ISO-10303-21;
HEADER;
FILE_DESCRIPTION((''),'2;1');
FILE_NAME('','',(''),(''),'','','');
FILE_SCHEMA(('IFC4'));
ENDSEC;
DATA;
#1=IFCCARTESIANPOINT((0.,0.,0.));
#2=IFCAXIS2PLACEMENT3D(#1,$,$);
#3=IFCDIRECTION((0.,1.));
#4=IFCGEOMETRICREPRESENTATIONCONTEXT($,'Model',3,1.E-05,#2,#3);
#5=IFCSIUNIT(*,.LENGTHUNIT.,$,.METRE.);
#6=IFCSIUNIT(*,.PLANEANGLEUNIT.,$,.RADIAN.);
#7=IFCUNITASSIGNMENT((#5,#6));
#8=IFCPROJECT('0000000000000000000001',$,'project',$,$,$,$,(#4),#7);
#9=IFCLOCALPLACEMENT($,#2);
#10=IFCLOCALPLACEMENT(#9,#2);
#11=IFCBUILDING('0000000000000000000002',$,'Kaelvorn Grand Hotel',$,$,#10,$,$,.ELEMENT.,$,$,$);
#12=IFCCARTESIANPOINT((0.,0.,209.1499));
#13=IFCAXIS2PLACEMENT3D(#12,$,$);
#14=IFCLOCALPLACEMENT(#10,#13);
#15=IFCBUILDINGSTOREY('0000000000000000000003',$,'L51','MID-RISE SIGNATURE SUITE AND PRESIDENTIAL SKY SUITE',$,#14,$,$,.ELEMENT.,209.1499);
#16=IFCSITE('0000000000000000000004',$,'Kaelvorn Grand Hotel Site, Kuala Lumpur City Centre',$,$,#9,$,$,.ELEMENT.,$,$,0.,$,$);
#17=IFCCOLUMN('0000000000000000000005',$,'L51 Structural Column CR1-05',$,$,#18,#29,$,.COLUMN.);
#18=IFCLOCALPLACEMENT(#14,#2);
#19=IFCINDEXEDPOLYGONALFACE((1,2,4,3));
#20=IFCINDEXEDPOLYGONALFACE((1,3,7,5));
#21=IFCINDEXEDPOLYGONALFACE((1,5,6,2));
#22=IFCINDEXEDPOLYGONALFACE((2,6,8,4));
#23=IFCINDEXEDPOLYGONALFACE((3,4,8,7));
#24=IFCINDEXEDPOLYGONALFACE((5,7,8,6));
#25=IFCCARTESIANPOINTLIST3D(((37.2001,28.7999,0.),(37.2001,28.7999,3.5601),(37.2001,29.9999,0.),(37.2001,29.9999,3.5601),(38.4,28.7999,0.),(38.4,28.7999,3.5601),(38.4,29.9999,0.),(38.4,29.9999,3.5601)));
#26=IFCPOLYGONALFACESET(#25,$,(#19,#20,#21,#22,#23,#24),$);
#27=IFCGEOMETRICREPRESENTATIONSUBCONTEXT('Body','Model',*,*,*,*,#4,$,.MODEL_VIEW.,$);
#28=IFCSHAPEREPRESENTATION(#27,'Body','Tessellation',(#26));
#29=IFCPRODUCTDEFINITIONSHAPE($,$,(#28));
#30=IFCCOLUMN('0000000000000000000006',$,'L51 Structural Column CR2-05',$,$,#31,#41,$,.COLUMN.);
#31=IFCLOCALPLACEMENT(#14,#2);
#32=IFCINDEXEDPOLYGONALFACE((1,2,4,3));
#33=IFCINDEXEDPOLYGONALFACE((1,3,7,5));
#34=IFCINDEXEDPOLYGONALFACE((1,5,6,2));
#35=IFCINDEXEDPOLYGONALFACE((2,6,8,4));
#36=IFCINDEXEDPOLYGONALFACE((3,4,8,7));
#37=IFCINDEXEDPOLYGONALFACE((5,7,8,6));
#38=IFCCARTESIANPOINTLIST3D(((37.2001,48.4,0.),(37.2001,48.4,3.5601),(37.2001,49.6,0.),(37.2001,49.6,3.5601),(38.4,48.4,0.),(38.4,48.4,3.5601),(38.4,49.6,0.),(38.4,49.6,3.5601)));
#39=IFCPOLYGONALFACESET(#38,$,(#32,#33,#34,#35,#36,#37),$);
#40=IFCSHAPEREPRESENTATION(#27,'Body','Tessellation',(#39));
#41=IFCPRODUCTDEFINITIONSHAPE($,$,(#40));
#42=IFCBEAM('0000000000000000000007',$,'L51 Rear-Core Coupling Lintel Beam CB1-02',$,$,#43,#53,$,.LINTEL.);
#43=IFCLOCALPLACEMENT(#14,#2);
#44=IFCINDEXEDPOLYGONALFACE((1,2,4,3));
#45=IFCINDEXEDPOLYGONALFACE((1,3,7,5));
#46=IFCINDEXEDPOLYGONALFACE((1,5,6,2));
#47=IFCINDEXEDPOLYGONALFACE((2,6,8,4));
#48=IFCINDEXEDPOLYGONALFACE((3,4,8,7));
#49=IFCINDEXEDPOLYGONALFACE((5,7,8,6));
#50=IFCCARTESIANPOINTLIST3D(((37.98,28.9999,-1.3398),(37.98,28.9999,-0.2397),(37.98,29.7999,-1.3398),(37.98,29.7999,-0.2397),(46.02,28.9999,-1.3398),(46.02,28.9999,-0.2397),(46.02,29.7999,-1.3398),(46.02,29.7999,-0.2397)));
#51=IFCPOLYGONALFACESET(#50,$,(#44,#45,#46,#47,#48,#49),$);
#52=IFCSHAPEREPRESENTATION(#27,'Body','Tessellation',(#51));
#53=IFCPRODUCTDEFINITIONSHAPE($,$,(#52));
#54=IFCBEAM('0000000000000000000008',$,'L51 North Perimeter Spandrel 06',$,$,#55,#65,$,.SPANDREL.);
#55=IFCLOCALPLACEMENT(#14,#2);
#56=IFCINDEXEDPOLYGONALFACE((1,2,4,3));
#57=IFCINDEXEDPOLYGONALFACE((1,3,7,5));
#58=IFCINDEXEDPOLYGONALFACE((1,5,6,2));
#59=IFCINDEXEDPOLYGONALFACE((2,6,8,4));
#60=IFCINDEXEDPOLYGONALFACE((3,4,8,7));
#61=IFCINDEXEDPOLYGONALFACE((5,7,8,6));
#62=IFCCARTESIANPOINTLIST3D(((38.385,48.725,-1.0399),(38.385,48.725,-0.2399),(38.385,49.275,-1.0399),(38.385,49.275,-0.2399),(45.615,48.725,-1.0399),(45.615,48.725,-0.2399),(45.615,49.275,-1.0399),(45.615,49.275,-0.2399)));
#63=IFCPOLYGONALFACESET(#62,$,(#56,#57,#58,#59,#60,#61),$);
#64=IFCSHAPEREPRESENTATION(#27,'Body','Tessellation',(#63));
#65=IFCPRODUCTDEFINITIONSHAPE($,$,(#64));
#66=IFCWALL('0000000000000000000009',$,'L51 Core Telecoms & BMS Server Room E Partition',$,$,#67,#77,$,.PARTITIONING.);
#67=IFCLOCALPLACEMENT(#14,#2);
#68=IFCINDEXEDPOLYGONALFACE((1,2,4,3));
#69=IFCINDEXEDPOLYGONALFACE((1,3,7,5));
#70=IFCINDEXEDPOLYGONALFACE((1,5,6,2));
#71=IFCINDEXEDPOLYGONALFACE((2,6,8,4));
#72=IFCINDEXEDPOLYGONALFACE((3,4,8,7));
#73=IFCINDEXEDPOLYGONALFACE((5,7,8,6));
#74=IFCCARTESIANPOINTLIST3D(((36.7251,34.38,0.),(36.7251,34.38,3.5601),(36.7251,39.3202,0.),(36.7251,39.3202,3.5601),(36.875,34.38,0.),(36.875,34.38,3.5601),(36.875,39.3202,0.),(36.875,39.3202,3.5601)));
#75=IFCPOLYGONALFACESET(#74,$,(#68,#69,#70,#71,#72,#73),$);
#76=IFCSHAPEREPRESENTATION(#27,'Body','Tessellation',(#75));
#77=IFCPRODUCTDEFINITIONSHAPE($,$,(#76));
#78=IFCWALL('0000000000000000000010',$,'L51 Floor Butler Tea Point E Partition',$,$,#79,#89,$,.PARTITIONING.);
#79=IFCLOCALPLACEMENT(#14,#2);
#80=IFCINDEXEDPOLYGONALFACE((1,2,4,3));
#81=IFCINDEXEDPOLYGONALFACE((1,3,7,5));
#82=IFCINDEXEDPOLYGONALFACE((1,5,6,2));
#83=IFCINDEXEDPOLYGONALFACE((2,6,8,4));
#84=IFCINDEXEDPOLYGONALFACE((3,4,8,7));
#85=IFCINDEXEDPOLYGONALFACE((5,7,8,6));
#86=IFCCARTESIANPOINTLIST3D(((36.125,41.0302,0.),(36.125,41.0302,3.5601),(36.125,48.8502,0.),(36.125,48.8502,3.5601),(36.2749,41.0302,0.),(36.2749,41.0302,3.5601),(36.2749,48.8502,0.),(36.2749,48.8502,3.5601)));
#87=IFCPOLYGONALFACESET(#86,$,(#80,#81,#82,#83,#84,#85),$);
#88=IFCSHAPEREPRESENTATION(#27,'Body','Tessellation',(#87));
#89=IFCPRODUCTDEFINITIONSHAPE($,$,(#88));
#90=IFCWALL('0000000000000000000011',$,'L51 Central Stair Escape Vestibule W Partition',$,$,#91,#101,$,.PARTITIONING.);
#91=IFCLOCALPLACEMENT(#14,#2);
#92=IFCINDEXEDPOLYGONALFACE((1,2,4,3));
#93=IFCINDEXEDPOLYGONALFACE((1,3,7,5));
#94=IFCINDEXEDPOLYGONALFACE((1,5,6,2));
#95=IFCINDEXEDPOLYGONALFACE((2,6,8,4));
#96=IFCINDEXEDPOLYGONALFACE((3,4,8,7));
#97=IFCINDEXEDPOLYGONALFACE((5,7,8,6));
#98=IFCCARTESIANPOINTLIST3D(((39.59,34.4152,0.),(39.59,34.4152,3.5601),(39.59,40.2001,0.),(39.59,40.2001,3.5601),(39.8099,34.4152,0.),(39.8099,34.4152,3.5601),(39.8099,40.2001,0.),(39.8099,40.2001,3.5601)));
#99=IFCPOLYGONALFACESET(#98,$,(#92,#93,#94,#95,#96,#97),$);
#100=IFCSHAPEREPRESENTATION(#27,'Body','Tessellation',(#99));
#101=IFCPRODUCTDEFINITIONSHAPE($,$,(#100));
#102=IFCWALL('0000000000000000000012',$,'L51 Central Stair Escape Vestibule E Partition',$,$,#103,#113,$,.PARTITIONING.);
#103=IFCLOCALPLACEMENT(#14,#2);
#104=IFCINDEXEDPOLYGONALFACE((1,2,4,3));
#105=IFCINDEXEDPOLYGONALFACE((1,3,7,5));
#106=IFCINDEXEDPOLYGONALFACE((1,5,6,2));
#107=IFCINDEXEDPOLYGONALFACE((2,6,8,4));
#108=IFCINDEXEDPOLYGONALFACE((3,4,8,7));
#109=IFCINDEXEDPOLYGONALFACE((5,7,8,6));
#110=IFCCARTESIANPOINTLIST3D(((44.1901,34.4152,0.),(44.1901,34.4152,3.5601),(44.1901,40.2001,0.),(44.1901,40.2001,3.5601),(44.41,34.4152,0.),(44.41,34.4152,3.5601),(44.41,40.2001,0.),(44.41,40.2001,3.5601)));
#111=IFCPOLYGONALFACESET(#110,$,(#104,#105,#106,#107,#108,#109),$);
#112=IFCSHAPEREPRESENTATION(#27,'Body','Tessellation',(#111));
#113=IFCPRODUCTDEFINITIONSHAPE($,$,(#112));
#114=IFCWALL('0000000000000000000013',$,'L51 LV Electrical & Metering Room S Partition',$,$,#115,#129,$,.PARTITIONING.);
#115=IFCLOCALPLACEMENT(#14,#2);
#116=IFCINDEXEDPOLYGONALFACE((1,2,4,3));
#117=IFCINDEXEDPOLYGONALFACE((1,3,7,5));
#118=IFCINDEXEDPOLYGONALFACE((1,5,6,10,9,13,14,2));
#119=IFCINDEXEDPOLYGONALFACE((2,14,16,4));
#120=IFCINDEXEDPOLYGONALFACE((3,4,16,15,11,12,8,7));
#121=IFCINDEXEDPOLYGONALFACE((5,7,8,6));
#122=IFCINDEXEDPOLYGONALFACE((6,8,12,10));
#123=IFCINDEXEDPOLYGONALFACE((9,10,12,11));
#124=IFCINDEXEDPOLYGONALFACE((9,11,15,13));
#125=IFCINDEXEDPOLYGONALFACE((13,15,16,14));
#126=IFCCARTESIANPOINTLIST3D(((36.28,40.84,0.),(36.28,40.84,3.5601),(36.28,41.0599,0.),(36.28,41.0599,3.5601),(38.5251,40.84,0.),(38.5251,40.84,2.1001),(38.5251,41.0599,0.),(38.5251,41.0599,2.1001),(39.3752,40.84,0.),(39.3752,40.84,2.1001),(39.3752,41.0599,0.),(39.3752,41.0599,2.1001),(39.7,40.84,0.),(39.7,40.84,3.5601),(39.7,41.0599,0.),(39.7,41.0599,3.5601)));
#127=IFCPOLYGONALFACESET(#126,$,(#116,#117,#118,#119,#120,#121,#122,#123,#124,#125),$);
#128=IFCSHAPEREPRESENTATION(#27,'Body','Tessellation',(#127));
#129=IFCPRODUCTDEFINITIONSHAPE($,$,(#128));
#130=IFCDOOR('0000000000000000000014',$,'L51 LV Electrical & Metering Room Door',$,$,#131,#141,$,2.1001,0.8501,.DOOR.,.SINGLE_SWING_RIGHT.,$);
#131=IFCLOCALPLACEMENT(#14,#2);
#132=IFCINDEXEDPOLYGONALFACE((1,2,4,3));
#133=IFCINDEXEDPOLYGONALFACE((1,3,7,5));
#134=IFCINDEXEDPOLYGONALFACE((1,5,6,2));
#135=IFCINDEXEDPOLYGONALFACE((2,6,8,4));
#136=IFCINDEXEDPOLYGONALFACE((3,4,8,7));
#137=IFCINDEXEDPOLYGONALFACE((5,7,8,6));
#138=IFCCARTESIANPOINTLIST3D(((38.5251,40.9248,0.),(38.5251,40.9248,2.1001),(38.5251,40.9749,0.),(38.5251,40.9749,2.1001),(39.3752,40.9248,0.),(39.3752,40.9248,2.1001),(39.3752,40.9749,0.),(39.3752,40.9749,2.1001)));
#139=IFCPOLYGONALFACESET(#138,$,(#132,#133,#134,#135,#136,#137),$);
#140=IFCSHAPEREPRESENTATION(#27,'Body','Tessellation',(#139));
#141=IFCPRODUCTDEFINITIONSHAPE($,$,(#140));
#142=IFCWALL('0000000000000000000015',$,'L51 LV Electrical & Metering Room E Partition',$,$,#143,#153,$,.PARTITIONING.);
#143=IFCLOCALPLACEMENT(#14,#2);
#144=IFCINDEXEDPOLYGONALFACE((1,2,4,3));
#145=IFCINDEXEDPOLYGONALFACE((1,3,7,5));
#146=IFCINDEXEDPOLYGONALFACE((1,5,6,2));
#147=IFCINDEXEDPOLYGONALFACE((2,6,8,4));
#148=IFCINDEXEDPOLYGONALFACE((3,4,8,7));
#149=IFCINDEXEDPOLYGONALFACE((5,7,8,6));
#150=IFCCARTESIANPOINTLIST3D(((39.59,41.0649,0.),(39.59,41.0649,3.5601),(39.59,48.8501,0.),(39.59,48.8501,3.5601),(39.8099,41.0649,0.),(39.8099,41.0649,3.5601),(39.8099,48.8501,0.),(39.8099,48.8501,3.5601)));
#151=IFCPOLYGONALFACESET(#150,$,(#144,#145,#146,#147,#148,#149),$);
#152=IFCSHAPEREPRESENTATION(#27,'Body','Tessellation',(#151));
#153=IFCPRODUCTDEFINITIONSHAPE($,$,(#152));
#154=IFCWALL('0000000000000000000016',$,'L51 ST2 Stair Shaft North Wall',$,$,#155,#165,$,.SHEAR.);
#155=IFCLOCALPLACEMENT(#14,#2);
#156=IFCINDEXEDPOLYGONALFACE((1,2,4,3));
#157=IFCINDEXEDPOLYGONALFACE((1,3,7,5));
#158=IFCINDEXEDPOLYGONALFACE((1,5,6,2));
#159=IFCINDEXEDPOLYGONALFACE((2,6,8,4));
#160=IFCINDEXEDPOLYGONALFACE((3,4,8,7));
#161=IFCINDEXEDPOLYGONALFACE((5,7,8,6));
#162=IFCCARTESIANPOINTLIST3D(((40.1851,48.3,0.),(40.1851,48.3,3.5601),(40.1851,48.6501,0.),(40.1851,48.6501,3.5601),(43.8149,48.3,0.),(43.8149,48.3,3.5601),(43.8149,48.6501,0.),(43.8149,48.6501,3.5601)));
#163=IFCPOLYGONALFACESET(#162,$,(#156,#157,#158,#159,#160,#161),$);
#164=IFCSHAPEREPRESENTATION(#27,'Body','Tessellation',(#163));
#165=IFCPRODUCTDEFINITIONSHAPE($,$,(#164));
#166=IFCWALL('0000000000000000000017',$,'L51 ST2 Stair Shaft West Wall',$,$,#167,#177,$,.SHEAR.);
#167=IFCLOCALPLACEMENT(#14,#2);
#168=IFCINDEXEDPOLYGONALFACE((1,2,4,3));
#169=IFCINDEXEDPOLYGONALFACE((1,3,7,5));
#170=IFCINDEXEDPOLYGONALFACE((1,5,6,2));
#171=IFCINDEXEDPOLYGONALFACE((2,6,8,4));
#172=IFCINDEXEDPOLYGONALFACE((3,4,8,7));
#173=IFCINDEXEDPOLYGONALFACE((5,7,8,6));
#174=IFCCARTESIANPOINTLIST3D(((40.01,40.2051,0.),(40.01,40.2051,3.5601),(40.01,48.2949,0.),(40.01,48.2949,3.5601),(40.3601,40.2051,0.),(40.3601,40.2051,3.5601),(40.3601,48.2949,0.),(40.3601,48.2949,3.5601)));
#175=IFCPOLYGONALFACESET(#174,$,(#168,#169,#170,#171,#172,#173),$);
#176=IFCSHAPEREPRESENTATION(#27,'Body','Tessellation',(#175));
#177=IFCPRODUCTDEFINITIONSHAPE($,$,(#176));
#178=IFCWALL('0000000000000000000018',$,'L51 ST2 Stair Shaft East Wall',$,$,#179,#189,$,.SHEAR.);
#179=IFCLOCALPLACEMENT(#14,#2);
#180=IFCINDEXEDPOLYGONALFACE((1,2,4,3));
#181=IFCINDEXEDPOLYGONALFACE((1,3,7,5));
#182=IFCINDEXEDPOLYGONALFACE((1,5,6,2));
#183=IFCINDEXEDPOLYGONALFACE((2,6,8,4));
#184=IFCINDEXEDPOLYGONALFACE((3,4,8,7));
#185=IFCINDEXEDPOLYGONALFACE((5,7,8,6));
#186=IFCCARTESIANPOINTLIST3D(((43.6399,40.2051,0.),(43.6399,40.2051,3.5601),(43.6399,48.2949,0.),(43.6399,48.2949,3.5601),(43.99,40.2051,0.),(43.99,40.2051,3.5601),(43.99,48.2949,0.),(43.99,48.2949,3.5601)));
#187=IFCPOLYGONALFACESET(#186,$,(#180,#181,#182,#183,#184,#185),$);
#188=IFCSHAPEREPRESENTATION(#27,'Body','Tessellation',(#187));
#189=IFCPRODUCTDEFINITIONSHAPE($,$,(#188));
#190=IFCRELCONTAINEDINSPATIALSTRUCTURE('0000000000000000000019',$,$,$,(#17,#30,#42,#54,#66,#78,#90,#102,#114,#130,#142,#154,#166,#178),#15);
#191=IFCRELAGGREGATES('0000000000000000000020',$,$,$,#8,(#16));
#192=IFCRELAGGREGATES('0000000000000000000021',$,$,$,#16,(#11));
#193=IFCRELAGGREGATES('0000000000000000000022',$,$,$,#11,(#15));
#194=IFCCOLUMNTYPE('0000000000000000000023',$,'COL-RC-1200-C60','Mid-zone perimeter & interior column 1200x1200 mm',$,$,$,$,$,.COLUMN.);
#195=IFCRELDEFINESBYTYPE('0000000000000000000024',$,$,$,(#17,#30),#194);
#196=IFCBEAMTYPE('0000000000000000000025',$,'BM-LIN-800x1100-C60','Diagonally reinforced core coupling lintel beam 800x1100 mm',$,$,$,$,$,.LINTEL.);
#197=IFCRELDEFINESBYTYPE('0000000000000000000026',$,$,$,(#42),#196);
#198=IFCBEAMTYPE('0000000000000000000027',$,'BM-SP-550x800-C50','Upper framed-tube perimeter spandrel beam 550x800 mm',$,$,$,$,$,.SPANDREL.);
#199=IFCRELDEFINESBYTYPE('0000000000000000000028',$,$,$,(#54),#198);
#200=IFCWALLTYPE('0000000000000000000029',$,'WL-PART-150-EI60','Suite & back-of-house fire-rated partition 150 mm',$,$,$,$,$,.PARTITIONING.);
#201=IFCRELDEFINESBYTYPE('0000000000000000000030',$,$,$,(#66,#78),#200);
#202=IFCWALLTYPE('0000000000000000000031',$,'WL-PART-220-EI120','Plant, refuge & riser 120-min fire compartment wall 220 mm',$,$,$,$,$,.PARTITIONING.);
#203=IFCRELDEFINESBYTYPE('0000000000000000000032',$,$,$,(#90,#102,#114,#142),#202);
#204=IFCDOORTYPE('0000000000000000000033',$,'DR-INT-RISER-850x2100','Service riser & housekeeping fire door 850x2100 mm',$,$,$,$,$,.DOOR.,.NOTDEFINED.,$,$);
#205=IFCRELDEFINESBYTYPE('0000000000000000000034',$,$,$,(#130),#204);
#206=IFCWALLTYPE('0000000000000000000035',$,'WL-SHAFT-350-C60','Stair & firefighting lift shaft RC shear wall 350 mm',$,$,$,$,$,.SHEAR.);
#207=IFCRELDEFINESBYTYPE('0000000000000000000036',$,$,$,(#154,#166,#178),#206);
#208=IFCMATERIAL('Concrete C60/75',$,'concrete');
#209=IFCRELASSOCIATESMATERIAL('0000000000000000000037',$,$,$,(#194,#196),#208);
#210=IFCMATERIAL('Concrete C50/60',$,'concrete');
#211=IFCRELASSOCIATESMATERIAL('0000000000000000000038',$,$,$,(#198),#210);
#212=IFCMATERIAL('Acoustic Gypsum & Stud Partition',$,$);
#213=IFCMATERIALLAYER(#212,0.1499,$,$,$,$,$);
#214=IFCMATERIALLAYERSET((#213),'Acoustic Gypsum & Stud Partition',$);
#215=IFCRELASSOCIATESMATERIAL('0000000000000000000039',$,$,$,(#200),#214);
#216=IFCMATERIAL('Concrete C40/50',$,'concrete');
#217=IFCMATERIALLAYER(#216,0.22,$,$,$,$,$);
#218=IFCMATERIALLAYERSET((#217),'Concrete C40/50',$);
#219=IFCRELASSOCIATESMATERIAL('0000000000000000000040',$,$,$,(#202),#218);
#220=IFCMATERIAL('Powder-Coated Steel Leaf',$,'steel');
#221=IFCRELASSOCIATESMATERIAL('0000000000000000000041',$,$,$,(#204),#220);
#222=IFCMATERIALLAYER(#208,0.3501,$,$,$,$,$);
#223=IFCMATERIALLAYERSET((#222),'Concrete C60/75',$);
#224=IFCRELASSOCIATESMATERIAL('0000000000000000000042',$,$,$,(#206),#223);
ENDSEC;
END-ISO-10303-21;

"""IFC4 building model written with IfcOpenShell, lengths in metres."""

from ifc_helpers import new_model, si_unit, direction, frame, frame_2d, origin, origin_2d, place, context, subcontext, project, spatial, rectangle, extrude, material, layer, layer_set, material_profile, profile_set, type_object, element, fill, save


model = new_model("IFC4")

# Units and contexts
model_context = context("Model", 3, precision=1e-05, world=origin(), true_north=direction((0.0, 1.0)))
body_context = subcontext(model_context, "Body", "Model", "MODEL_VIEW")
ifc_project = project(units=[si_unit("LENGTHUNIT", "METRE"), si_unit("PLANEANGLEUNIT", "RADIAN")], contexts=[model_context])

# Site, building, storey
site_placement = place(None, origin())
site = spatial("IfcSite", under=ifc_project, at=site_placement, Name="Kaelvorn Grand Hotel Site, Kuala Lumpur City Centre", CompositionType="ELEMENT", RefElevation=0.0)
building_placement = place(site_placement, origin())
building = spatial("IfcBuilding", under=site, at=building_placement, Name="Kaelvorn Grand Hotel", CompositionType="ELEMENT")
storey_placement = place(building_placement, frame((0.0, 0.0, 209.1499)))
storey = spatial("IfcBuildingStorey", under=building, at=storey_placement, Name="L51", Description="MID-RISE SIGNATURE SUITE AND PRESIDENTIAL SKY SUITE", CompositionType="ELEMENT", Elevation=209.1499)

# Columns
ifc_material_1 = material(Name="Concrete C60/75", Category="concrete")
ifc_material_profile_1 = material_profile(ifc_material_1, rectangle(XDim=1.2, YDim=1.2, at=origin_2d()), Name="RC COL 1200x1200")
ifc_profile_set_1 = profile_set([ifc_material_profile_1], Name="Concrete C60/75")
column_type = type_object("IfcColumnType", Name="COL-RC-1200-C60", Description="Mid-zone perimeter & interior column 1200x1200 mm", PredefinedType="COLUMN", material=ifc_profile_set_1)
for number, where, z_axis, x_axis, name in (
    (1, (37.8, 29.3999, 0.0), (0.0, 0.0, 1.0), (1.0, 0.0, 0.0), "L51 Structural Column CR1-05"),
    (2, (37.8, 49.0, 0.0), (0.0, 0.0, 1.0), (1.0, 0.0, 0.0), "L51 Structural Column CR2-05"),
):
    element("IfcColumn", number, at=place(storey_placement, frame(where, z_axis=z_axis, x_axis=x_axis)), inside=storey, type_object=column_type, Name=name, PredefinedType="COLUMN", context=body_context, shape_type="SweptSolid", body=[
        extrude(rectangle(XDim=1.2, YDim=1.2, at=origin_2d()), origin(), (0.0, 0.0, 1.0), 3.5601),
    ])

# Beams
ifc_material_profile_2 = material_profile(ifc_material_1, rectangle(XDim=0.8, YDim=1.1001, at=origin_2d()), Name="RC LINTEL 800x1100")
ifc_profile_set_2 = profile_set([ifc_material_profile_2], Name="Concrete C60/75")
beam_type_1 = type_object("IfcBeamType", Name="BM-LIN-800x1100-C60", Description="Diagonally reinforced core coupling lintel beam 800x1100 mm", PredefinedType="LINTEL", material=ifc_profile_set_2)
beam_1_placement = place(storey_placement, frame((37.98, 29.3999, -0.7898), z_axis=(1.0, 0.0, 0.0), x_axis=(0.0, 1.0, 0.0)))
element("IfcBeam", 3, at=beam_1_placement, inside=storey, type_object=beam_type_1, Name="L51 Rear-Core Coupling Lintel Beam CB1-02", PredefinedType="LINTEL", context=body_context, shape_type="SweptSolid", body=[
    extrude(rectangle(XDim=0.8, YDim=1.1001, at=origin_2d()), origin(), (0.0, 0.0, 1.0), 8.04),
])
ifc_material_2 = material(Name="Concrete C50/60", Category="concrete")
ifc_material_profile_3 = material_profile(ifc_material_2, rectangle(XDim=0.55, YDim=0.8, at=origin_2d()), Name="RC SPANDREL 550x800")
ifc_profile_set_3 = profile_set([ifc_material_profile_3], Name="Concrete C50/60")
beam_type_2 = type_object("IfcBeamType", Name="BM-SP-550x800-C50", Description="Upper framed-tube perimeter spandrel beam 550x800 mm", PredefinedType="SPANDREL", material=ifc_profile_set_3)
beam_2_placement = place(storey_placement, frame((38.385, 49.0, -0.6399), z_axis=(1.0, 0.0, 0.0), x_axis=(0.0, 1.0, 0.0)))
element("IfcBeam", 4, at=beam_2_placement, inside=storey, type_object=beam_type_2, Name="L51 North Perimeter Spandrel 06", PredefinedType="SPANDREL", context=body_context, shape_type="SweptSolid", body=[
    extrude(rectangle(XDim=0.55, YDim=0.8, at=origin_2d()), origin(), (0.0, 0.0, 1.0), 7.23),
])

# Walls
ifc_material_3 = material(Name="Acoustic Gypsum & Stud Partition")
ifc_layer_1 = layer(ifc_material_3, 0.1499)
ifc_layer_set_1 = layer_set([ifc_layer_1], Name="Acoustic Gypsum & Stud Partition")
wall_type_1 = type_object("IfcWallType", Name="WL-PART-150-EI60", Description="Suite & back-of-house fire-rated partition 150 mm", PredefinedType="PARTITIONING", material=ifc_layer_set_1)
wall_1_placement = place(storey_placement, frame((36.8, 34.3799, 0.0), z_axis=(0.0, 0.0, 1.0), x_axis=(0.0, 1.0, 0.0)))
element("IfcWall", 5, at=wall_1_placement, inside=storey, type_object=wall_type_1, Name="L51 Core Telecoms & BMS Server Room E Partition", PredefinedType="PARTITIONING", context=body_context, shape_type="SweptSolid", body=[
    extrude(rectangle(XDim=4.9402, YDim=0.1499, at=frame_2d((2.4702, 0.0))), origin(), (0.0, 0.0, 1.0), 3.5601),
])
wall_2_placement = place(storey_placement, frame((36.2, 41.03, 0.0), z_axis=(0.0, 0.0, 1.0), x_axis=(0.0, 1.0, 0.0)))
element("IfcWall", 6, at=wall_2_placement, inside=storey, type_object=wall_type_1, Name="L51 Floor Butler Tea Point E Partition", PredefinedType="PARTITIONING", context=body_context, shape_type="SweptSolid", body=[
    extrude(rectangle(XDim=7.8201, YDim=0.1499, at=frame_2d((3.9102, 0.0))), origin(), (0.0, 0.0, 1.0), 3.5601),
])

# Shared definitions
ifc_material_4 = material(Name="Concrete C40/50", Category="concrete")
ifc_layer_2 = layer(ifc_material_4, 0.22)
ifc_layer_set_2 = layer_set([ifc_layer_2], Name="Concrete C40/50")
wall_type_2 = type_object("IfcWallType", Name="WL-PART-220-EI120", Description="Plant, refuge & riser 120-min fire compartment wall 220 mm", PredefinedType="PARTITIONING", material=ifc_layer_set_2)

# Walls
for number, where, z_axis, x_axis, name in (
    (7, (39.7, 34.415, 0.0), (0.0, 0.0, 1.0), (0.0, 1.0, 0.0), "L51 Central Stair Escape Vestibule W Partition"),
    (8, (44.3, 34.415, 0.0), (0.0, 0.0, 1.0), (0.0, 1.0, 0.0), "L51 Central Stair Escape Vestibule E Partition"),
):
    element("IfcWall", number, at=place(storey_placement, frame(where, z_axis=z_axis, x_axis=x_axis)), inside=storey, type_object=wall_type_2, Name=name, PredefinedType="PARTITIONING", context=body_context, shape_type="SweptSolid", body=[
        extrude(rectangle(XDim=5.7849, YDim=0.22, at=frame_2d((2.8926, 0.0))), origin(), (0.0, 0.0, 1.0), 3.5601),
    ])

# Wall, opening, door
wall_3_placement = place(storey_placement, frame((36.28, 40.95, 0.0), z_axis=(0.0, 0.0, 1.0), x_axis=(1.0, 0.0, 0.0)))
wall_3 = element("IfcWall", 9, at=wall_3_placement, inside=storey, type_object=wall_type_2, Name="L51 LV Electrical & Metering Room S Partition", PredefinedType="PARTITIONING", context=body_context, shape_type="SweptSolid", body=[
    extrude(rectangle(XDim=3.4199, YDim=0.22, at=frame_2d((1.71, 0.0))), origin(), (0.0, 0.0, 1.0), 3.5601),
])
opening_1_placement = place(wall_3_placement, frame((2.2451, 0.0, 0.0)))
opening_1 = element("IfcOpeningElement", 10, at=opening_1_placement, cuts=wall_3, PredefinedType="OPENING", context=body_context, shape_type="SweptSolid", body=[
    extrude(rectangle(XDim=0.8501, YDim=2.1001, at=frame_2d((0.425, 1.05))), frame((0.0, 0.1201, 0.0), z_axis=(0.0, -1.0, 0.0), x_axis=(1.0, 0.0, 0.0)), (0.0, 0.0, 1.0), 0.24),
])
ifc_material_5 = material(Name="Powder-Coated Steel Leaf", Category="steel")
door_type_1 = type_object("IfcDoorType", Name="DR-INT-RISER-850x2100", Description="Service riser & housekeeping fire door 850x2100 mm", OperationType="NOTDEFINED", PredefinedType="DOOR", material=ifc_material_5)
door_1_placement = place(opening_1_placement, origin())
door_1 = element("IfcDoor", 11, at=door_1_placement, inside=storey, type_object=door_type_1, Name="L51 LV Electrical & Metering Room Door", OperationType="SINGLE_SWING_RIGHT", OverallHeight=2.1001, OverallWidth=0.8501, PredefinedType="DOOR", context=body_context, shape_type="SweptSolid", body=[
    extrude(rectangle(XDim=0.8501, YDim=2.1001, at=frame_2d((0.425, 1.05))), frame((0.0, 0.0249, 0.0), z_axis=(0.0, -1.0, 0.0), x_axis=(1.0, 0.0, 0.0)), (0.0, 0.0, 1.0), 0.05),
])
fill(opening_1, door_1)

# Wall
wall_4_placement = place(storey_placement, frame((39.7, 41.0649, 0.0), z_axis=(0.0, 0.0, 1.0), x_axis=(0.0, 1.0, 0.0)))
element("IfcWall", 12, at=wall_4_placement, inside=storey, type_object=wall_type_2, Name="L51 LV Electrical & Metering Room E Partition", PredefinedType="PARTITIONING", context=body_context, shape_type="SweptSolid", body=[
    extrude(rectangle(XDim=7.7852, YDim=0.22, at=frame_2d((3.8926, 0.0))), origin(), (0.0, 0.0, 1.0), 3.5601),
])

# Shared definitions
ifc_layer_3 = layer(ifc_material_1, 0.3501)
ifc_layer_set_3 = layer_set([ifc_layer_3], Name="Concrete C60/75")
wall_type_3 = type_object("IfcWallType", Name="WL-SHAFT-350-C60", Description="Stair & firefighting lift shaft RC shear wall 350 mm", PredefinedType="SHEAR", material=ifc_layer_set_3)

# Walls
wall_5_placement = place(storey_placement, frame((40.1851, 48.4751, 0.0), z_axis=(0.0, 0.0, 1.0), x_axis=(1.0, 0.0, 0.0)))
element("IfcWall", 13, at=wall_5_placement, inside=storey, type_object=wall_type_3, Name="L51 ST2 Stair Shaft North Wall", PredefinedType="SHEAR", context=body_context, shape_type="SweptSolid", body=[
    extrude(rectangle(XDim=3.6299, YDim=0.3501, at=frame_2d((1.8149, 0.0))), origin(), (0.0, 0.0, 1.0), 3.5601),
])
for number, where, z_axis, x_axis, name in (
    (14, (40.1851, 40.2051, 0.0), (0.0, 0.0, 1.0), (0.0, 1.0, 0.0), "L51 ST2 Stair Shaft West Wall"),
    (15, (43.8149, 40.2051, 0.0), (0.0, 0.0, 1.0), (0.0, 1.0, 0.0), "L51 ST2 Stair Shaft East Wall"),
):
    element("IfcWall", number, at=place(storey_placement, frame(where, z_axis=z_axis, x_axis=x_axis)), inside=storey, type_object=wall_type_3, Name=name, PredefinedType="SHEAR", context=body_context, shape_type="SweptSolid", body=[
        extrude(rectangle(XDim=8.0898, YDim=0.3501, at=frame_2d((4.0449, 0.0))), origin(), (0.0, 0.0, 1.0), 3.5601),
    ])

save(model, "model.ifc")
